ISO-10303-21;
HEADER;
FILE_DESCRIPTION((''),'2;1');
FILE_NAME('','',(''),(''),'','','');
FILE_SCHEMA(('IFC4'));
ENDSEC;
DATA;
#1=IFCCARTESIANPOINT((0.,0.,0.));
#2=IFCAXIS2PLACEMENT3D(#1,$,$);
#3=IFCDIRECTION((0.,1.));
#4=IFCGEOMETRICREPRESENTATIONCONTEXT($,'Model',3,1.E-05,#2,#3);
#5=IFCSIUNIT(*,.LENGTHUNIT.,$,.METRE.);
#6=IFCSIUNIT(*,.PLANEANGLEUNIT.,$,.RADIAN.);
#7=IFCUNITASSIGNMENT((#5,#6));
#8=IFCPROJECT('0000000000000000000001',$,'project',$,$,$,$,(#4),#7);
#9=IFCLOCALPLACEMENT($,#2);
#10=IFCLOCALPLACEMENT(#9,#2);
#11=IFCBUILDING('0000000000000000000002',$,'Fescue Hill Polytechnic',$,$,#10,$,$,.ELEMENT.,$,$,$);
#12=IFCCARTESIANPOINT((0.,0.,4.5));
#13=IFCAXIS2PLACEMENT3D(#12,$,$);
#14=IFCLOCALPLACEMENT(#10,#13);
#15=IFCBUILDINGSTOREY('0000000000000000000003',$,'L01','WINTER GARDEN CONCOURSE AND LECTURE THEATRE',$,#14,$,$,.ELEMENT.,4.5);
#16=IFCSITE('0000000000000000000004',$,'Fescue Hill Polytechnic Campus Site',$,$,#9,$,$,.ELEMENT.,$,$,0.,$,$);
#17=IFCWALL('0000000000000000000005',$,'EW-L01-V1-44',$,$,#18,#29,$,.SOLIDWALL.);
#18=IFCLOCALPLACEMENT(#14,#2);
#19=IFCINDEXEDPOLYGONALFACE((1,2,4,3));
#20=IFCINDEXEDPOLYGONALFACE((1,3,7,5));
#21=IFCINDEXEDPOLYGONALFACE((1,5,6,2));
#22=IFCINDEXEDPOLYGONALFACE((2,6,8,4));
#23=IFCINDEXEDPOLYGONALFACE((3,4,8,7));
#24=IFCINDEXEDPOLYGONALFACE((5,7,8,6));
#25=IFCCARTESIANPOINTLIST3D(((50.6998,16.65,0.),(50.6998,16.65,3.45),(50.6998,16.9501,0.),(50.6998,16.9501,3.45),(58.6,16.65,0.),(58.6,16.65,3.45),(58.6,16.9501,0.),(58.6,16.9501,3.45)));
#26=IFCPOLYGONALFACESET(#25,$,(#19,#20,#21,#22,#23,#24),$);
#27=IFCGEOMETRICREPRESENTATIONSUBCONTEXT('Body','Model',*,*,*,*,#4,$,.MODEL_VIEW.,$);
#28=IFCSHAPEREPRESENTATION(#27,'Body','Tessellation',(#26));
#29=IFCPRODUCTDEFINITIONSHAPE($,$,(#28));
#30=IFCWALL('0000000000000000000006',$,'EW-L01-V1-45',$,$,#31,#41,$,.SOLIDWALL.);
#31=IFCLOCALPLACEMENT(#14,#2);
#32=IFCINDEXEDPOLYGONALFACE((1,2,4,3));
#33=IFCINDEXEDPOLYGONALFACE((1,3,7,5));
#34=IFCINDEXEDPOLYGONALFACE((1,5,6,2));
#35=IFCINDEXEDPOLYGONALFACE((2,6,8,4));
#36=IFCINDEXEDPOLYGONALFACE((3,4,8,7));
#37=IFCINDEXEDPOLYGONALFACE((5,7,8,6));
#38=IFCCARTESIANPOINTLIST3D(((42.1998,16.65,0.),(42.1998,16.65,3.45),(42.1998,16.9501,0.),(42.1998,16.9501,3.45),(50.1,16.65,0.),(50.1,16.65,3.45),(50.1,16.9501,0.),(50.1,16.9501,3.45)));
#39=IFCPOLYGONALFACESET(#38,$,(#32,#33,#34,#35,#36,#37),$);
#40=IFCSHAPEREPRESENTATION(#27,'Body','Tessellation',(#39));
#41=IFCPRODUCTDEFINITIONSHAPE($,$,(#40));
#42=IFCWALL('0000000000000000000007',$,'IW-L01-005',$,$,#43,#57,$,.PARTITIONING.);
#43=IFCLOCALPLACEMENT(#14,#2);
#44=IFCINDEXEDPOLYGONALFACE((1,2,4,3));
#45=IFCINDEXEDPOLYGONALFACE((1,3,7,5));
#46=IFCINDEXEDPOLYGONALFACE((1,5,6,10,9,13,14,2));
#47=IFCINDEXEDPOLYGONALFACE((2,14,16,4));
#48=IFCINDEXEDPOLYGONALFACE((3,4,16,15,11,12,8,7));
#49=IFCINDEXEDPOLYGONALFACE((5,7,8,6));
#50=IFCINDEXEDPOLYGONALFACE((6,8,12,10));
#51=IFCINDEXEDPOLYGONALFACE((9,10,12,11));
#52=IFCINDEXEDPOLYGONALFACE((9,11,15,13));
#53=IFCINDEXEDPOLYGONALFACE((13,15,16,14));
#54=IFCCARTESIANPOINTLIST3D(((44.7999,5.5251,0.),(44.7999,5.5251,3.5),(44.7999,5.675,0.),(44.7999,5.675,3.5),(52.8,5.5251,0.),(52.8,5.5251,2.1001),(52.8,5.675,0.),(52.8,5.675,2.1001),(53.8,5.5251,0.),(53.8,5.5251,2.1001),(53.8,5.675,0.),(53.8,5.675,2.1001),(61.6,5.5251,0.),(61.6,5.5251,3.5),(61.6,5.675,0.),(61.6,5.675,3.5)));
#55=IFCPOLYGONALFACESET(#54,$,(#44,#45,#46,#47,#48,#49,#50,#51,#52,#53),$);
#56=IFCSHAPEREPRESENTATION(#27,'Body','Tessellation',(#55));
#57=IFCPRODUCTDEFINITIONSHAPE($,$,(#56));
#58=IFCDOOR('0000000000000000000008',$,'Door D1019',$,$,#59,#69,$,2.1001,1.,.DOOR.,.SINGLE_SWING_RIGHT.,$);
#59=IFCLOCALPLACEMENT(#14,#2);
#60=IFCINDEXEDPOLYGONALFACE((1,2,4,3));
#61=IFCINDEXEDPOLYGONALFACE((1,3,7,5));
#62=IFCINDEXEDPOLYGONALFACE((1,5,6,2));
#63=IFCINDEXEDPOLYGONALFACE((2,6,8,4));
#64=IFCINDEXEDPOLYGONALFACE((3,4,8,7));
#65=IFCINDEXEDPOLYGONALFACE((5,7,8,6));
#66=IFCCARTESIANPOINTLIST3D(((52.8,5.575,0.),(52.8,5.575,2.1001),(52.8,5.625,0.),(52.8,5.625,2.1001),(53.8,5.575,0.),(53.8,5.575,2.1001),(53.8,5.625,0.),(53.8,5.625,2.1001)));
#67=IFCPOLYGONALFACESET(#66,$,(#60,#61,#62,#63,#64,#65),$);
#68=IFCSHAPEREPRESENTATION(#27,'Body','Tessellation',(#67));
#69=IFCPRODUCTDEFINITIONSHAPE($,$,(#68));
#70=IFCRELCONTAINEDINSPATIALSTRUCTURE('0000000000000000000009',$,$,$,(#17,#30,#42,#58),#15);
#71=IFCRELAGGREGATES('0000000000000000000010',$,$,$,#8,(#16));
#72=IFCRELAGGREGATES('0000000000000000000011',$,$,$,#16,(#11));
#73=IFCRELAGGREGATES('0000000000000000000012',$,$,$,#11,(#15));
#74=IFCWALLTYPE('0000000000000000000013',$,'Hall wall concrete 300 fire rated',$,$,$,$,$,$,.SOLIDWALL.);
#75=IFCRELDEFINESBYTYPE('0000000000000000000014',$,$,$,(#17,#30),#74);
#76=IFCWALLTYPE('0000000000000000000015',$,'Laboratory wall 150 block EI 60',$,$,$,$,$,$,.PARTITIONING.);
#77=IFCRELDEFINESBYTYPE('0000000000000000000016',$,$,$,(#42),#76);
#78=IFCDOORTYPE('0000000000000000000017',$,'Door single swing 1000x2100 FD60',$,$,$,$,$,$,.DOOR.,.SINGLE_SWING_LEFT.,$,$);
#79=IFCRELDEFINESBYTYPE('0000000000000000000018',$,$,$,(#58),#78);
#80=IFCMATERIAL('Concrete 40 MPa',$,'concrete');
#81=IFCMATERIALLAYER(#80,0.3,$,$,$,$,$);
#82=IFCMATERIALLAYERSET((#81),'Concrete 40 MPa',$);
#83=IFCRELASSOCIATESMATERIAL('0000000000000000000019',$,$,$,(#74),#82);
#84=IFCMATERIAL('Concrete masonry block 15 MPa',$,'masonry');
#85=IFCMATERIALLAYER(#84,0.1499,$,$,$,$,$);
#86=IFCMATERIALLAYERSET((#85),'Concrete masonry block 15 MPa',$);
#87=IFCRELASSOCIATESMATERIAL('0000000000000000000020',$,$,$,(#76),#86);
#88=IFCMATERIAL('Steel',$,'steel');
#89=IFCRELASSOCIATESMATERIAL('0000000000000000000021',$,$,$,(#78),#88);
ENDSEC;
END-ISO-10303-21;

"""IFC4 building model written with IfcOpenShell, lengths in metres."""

from ifc_helpers import new_model, si_unit, direction, frame, frame_2d, origin, place, context, subcontext, project, spatial, rectangle, extrude, material, layer, layer_set, type_object, element, fill, save


model = new_model("IFC4")

# Units and contexts
model_context = context("Model", 3, precision=1e-05, world=origin(), true_north=direction((0.0, 1.0)))
body_context = subcontext(model_context, "Body", "Model", "MODEL_VIEW")
ifc_project = project(units=[si_unit("LENGTHUNIT", "METRE"), si_unit("PLANEANGLEUNIT", "RADIAN")], contexts=[model_context])

# Site, building, storey
site_placement = place(None, origin())
site = spatial("IfcSite", under=ifc_project, at=site_placement, Name="Fescue Hill Polytechnic Campus Site", CompositionType="ELEMENT", RefElevation=0.0)
building_placement = place(site_placement, origin())
building = spatial("IfcBuilding", under=site, at=building_placement, Name="Fescue Hill Polytechnic", CompositionType="ELEMENT")
storey_placement = place(building_placement, frame((0.0, 0.0, 4.5)))
storey = spatial("IfcBuildingStorey", under=building, at=storey_placement, Name="L01", Description="WINTER GARDEN CONCOURSE AND LECTURE THEATRE", CompositionType="ELEMENT", Elevation=4.5)

# Shared definitions
ifc_material_1 = material(Name="Concrete 40 MPa", Category="concrete")

# Walls
ifc_layer_1 = layer(ifc_material_1, 0.3)
ifc_layer_set_1 = layer_set([ifc_layer_1], Name="Concrete 40 MPa")
wall_type_1 = type_object("IfcWallType", Name="Hall wall concrete 300 fire rated", PredefinedType="SOLIDWALL", material=ifc_layer_set_1)
for number, where, z_axis, x_axis, name in (
    (1, (58.6001, 16.8, 0.0), (0.0, 0.0, 1.0), (-1.0, 0.0, 0.0), "EW-L01-V1-44"),
    (2, (50.1001, 16.8, 0.0), (0.0, 0.0, 1.0), (-1.0, 0.0, 0.0), "EW-L01-V1-45"),
):
    element("IfcWall", number, at=place(storey_placement, frame(where, z_axis=z_axis, x_axis=x_axis)), inside=storey, type_object=wall_type_1, Name=name, PredefinedType="SOLIDWALL", context=body_context, shape_type="SweptSolid", body=[
        extrude(rectangle(XDim=7.9001, YDim=0.3, at=frame_2d((3.9502, 0.0))), origin(), (0.0, 0.0, 1.0), 3.45),
    ])

# Wall, opening, door
ifc_material_2 = material(Name="Concrete masonry block 15 MPa", Category="masonry")
ifc_layer_2 = layer(ifc_material_2, 0.1499)
ifc_layer_set_2 = layer_set([ifc_layer_2], Name="Concrete masonry block 15 MPa")
wall_type_2 = type_object("IfcWallType", Name="Laboratory wall 150 block EI 60", PredefinedType="PARTITIONING", material=ifc_layer_set_2)
wall_1_placement = place(storey_placement, frame((44.8, 5.6001, 0.0), z_axis=(0.0, 0.0, 1.0), x_axis=(1.0, 0.0, 0.0)))
wall_1 = element("IfcWall", 3, at=wall_1_placement, inside=storey, type_object=wall_type_2, Name="IW-L01-005", PredefinedType="PARTITIONING", context=body_context, shape_type="SweptSolid", body=[
    extrude(rectangle(XDim=16.8, YDim=0.1499, at=frame_2d((8.3999, 0.0))), origin(), (0.0, 0.0, 1.0), 3.5),
])
opening_1_placement = place(wall_1_placement, frame((8.0, 0.0, 0.0)))
opening_1 = element("IfcOpeningElement", 4, at=opening_1_placement, cuts=wall_1, PredefinedType="OPENING", context=body_context, shape_type="SweptSolid", body=[
    extrude(rectangle(XDim=1.0, YDim=2.1001, at=frame_2d((0.5, 1.05))), frame((0.0, 0.085, 0.0), z_axis=(0.0, -1.0, 0.0), x_axis=(1.0, 0.0, 0.0)), (0.0, 0.0, 1.0), 0.1699),
])
ifc_material_3 = material(Name="Steel", Category="steel")
door_type_1 = type_object("IfcDoorType", Name="Door single swing 1000x2100 FD60", OperationType="SINGLE_SWING_LEFT", PredefinedType="DOOR", material=ifc_material_3)
door_1_placement = place(opening_1_placement, origin())
door_1 = element("IfcDoor", 5, at=door_1_placement, inside=storey, type_object=door_type_1, Name="Door D1019", OperationType="SINGLE_SWING_RIGHT", OverallHeight=2.1001, OverallWidth=1.0, PredefinedType="DOOR", context=body_context, shape_type="SweptSolid", body=[
    extrude(rectangle(XDim=1.0, YDim=2.1001, at=frame_2d((0.5, 1.05))), frame((0.0, 0.0249, 0.0), z_axis=(0.0, -1.0, 0.0), x_axis=(1.0, 0.0, 0.0)), (0.0, 0.0, 1.0), 0.05),
])
fill(opening_1, door_1)

save(model, "model.ifc")
